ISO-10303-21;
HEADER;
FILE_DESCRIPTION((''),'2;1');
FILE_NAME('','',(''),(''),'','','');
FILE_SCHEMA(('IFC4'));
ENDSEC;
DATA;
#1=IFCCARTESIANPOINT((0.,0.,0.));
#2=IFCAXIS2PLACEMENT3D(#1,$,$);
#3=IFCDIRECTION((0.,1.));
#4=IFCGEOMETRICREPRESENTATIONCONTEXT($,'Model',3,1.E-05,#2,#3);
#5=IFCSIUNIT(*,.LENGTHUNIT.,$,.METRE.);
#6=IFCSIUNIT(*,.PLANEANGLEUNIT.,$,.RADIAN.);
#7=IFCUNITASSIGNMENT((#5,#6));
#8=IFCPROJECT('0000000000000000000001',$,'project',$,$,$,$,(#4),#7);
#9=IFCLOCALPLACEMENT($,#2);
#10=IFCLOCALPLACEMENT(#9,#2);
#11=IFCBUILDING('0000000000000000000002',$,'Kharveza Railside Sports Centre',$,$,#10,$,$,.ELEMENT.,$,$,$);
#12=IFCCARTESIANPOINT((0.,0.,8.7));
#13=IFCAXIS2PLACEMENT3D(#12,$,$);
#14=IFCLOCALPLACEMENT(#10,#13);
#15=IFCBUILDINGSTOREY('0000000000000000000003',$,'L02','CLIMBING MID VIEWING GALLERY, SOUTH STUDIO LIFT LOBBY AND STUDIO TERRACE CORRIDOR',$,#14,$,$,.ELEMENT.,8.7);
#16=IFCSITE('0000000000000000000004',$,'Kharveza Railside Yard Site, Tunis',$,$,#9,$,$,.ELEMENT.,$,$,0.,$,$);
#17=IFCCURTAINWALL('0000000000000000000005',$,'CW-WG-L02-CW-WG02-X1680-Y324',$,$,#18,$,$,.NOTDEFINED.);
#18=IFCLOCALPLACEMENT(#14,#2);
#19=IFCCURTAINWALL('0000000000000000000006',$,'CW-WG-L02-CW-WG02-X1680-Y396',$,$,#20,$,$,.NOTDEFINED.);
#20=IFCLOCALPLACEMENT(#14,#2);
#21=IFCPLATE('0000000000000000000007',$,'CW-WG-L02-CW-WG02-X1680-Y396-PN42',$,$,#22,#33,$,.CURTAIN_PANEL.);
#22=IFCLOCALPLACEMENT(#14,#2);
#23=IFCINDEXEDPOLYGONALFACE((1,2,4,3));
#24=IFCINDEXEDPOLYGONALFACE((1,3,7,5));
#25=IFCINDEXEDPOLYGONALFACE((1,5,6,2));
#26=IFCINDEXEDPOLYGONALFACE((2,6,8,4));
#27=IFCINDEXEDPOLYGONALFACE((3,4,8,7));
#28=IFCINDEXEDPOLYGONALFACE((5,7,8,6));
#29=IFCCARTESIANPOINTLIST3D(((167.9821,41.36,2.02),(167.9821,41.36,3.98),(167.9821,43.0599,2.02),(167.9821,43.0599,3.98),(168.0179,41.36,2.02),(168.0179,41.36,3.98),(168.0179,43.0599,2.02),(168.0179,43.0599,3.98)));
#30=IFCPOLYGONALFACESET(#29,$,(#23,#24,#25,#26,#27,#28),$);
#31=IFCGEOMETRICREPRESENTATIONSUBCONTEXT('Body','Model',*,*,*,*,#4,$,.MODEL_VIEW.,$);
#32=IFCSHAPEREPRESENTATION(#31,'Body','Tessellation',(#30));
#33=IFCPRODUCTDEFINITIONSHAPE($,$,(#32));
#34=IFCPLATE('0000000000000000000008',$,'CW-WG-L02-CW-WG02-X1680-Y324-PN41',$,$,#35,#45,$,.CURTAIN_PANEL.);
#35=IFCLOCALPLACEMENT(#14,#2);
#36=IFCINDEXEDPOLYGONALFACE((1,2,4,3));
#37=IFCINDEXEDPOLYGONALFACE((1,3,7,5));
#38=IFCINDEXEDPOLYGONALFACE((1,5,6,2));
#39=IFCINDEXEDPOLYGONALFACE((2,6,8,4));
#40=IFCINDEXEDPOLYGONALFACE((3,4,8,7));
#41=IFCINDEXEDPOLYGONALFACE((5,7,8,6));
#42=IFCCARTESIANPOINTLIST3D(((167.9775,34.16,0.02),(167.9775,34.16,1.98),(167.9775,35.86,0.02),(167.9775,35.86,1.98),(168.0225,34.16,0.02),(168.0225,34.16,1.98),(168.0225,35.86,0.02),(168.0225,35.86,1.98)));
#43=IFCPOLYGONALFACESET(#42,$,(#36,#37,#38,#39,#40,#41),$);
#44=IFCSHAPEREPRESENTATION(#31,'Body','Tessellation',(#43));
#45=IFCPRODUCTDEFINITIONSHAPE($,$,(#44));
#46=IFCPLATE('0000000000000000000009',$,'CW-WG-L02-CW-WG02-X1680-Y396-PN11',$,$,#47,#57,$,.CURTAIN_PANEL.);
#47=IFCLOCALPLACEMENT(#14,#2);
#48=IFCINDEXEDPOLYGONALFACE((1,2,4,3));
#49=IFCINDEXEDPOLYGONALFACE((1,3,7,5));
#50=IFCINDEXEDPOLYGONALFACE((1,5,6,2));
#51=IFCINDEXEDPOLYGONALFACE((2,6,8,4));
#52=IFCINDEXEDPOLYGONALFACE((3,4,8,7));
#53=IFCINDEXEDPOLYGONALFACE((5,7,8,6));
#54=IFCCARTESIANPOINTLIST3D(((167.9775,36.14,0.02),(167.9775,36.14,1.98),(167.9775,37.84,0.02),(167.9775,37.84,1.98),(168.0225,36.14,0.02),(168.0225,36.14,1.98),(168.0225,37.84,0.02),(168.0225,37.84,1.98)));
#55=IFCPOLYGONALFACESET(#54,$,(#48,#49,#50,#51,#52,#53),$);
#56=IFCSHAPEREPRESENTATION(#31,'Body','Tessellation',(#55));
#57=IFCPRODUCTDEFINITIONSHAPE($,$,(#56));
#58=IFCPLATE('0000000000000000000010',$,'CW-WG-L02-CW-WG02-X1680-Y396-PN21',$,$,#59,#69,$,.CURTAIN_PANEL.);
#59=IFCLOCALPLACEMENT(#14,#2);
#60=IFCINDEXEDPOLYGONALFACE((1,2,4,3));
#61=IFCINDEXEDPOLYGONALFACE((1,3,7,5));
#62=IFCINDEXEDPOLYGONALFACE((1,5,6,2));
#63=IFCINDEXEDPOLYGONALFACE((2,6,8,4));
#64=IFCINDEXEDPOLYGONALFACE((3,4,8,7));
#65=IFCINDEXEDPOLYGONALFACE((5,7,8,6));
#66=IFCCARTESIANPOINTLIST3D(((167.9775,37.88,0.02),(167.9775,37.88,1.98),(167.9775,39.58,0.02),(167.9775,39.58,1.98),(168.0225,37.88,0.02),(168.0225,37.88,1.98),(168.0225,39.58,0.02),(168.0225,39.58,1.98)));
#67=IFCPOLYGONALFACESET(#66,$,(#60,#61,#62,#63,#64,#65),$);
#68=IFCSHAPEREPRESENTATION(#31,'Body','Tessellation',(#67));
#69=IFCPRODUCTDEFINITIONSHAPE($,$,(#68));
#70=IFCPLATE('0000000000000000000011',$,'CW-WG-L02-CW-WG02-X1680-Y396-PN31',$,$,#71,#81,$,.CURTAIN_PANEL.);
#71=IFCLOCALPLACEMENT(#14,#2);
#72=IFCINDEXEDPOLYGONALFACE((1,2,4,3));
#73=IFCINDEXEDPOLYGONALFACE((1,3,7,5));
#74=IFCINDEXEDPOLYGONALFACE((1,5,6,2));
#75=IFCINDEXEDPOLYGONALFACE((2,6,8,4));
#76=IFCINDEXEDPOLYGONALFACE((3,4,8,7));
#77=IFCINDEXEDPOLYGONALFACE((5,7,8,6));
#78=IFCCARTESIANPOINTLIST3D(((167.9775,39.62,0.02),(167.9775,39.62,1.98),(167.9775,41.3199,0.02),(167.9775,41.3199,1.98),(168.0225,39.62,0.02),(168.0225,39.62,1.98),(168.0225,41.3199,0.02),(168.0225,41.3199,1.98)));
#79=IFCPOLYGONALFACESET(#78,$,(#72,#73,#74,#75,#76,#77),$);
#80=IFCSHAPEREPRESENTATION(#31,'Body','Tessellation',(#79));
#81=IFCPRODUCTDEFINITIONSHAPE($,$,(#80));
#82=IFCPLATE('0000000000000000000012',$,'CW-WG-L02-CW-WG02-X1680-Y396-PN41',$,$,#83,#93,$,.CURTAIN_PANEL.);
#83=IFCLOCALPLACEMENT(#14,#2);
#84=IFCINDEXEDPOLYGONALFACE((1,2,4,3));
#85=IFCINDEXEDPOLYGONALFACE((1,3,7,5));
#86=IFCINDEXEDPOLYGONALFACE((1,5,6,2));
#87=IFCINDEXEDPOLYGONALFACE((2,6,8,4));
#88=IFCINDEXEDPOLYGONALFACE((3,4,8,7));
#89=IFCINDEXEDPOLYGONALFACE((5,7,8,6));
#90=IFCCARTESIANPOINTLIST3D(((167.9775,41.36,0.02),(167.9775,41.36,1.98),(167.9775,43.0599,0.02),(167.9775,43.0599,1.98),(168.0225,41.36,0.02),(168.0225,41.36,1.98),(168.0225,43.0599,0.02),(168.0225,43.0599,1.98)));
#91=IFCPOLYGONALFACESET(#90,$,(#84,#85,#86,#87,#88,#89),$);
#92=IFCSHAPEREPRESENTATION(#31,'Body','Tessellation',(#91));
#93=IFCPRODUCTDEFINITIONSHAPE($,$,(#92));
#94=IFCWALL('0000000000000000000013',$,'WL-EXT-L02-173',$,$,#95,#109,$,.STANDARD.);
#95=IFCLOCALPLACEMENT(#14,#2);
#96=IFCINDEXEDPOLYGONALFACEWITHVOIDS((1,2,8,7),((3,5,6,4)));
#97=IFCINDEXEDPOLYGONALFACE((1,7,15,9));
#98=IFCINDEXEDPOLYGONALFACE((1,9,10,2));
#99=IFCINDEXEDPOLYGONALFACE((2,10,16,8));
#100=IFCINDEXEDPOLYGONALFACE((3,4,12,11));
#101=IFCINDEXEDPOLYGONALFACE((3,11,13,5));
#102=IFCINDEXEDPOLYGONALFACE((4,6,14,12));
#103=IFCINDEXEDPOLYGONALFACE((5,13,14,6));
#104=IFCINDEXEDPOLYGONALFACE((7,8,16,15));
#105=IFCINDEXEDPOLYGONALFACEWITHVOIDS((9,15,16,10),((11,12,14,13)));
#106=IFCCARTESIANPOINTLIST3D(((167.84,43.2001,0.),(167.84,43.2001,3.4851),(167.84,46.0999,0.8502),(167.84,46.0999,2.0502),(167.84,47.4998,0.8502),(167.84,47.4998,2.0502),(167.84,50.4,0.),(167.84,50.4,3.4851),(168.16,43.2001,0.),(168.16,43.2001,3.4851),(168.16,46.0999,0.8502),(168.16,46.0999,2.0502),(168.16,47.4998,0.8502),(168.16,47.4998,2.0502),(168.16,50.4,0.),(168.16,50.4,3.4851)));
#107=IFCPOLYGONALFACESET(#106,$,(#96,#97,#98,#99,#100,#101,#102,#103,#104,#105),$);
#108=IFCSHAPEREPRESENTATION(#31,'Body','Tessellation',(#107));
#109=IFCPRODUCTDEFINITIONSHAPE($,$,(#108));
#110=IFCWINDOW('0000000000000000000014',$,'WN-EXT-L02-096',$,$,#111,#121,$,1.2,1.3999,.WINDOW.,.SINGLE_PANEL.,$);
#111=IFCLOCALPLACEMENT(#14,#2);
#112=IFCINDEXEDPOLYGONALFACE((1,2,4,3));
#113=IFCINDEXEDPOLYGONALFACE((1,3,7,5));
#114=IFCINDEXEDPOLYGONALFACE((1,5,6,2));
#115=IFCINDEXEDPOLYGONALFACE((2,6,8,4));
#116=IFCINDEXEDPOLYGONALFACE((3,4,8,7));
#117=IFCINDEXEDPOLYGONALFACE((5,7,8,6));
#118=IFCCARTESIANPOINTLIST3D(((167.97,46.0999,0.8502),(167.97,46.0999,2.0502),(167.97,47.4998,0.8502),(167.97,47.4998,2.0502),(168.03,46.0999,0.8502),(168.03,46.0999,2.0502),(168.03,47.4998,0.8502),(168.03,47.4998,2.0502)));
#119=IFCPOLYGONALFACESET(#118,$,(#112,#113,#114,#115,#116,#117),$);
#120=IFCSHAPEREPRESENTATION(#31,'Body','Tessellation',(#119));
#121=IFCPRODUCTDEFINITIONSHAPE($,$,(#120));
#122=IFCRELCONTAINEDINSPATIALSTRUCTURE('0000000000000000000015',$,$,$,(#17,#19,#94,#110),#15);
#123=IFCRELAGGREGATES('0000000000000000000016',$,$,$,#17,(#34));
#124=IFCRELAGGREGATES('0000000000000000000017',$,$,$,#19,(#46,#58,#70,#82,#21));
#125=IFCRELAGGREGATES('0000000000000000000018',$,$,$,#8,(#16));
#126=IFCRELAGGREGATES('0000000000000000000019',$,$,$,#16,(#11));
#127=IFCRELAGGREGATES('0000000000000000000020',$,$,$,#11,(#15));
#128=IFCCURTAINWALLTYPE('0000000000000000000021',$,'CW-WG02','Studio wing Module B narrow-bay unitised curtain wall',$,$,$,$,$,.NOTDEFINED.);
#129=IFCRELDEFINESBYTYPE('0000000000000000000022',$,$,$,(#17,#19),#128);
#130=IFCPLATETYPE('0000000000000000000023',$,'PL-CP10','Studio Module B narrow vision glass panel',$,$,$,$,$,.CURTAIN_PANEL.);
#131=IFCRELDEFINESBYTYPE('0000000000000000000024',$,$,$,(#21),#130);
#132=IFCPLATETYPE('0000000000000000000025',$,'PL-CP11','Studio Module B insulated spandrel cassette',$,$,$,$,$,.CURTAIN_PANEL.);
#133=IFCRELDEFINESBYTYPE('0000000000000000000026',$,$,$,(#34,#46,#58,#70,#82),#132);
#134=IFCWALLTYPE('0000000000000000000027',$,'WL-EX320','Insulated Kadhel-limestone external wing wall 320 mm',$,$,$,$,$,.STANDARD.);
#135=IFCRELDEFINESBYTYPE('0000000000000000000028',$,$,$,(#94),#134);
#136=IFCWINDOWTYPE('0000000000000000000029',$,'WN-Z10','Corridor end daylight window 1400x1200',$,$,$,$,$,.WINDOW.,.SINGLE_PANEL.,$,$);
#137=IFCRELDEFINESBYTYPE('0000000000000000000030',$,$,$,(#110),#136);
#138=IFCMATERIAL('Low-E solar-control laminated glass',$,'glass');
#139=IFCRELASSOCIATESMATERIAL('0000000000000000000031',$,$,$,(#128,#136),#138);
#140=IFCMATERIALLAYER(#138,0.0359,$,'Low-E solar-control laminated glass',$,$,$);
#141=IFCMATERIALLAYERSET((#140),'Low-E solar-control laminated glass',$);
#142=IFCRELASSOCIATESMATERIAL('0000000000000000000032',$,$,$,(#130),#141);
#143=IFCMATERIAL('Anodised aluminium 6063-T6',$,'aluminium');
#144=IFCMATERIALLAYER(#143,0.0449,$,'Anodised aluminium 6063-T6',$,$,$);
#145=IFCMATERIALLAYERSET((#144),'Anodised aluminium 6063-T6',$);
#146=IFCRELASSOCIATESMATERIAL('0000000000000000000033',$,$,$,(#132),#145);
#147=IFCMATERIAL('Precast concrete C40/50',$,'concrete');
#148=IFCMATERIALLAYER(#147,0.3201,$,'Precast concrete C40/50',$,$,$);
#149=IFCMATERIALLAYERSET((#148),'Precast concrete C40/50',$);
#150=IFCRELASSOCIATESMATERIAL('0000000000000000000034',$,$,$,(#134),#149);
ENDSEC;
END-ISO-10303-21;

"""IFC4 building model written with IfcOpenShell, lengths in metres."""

from ifc_helpers import new_model, si_unit, direction, frame, frame_2d, origin, origin_2d, place, context, subcontext, project, spatial, rectangle, extrude, material, layer, layer_set, type_object, element, fill, aggregate, save


model = new_model("IFC4")

# Units and contexts
model_context = context("Model", 3, precision=1e-05, world=origin(), true_north=direction((0.0, 1.0)))
body_context = subcontext(model_context, "Body", "Model", "MODEL_VIEW")
ifc_project = project(units=[si_unit("LENGTHUNIT", "METRE"), si_unit("PLANEANGLEUNIT", "RADIAN")], contexts=[model_context])

# Site, building, storey
site_placement = place(None, origin())
site = spatial("IfcSite", under=ifc_project, at=site_placement, Name="Kharveza Railside Yard Site, Tunis", CompositionType="ELEMENT", RefElevation=0.0)
building_placement = place(site_placement, origin())
building = spatial("IfcBuilding", under=site, at=building_placement, Name="Kharveza Railside Sports Centre", CompositionType="ELEMENT")
storey_placement = place(building_placement, frame((0.0, 0.0, 8.7)))
storey = spatial("IfcBuildingStorey", under=building, at=storey_placement, Name="L02", Description="CLIMBING MID VIEWING GALLERY, SOUTH STUDIO LIFT LOBBY AND STUDIO TERRACE CORRIDOR", CompositionType="ELEMENT", Elevation=8.7)

# Curtain wall
ifc_material_1 = material(Name="Low-E solar-control laminated glass", Category="glass")
curtain_wall_type = type_object("IfcCurtainWallType", Name="CW-WG02", Description="Studio wing Module B narrow-bay unitised curtain wall", PredefinedType="NOTDEFINED", material=ifc_material_1)
curtain_wall_1_placement = place(storey_placement, origin())
curtain_wall_1 = element("IfcCurtainWall", 1, at=curtain_wall_1_placement, inside=storey, type_object=curtain_wall_type, Name="CW-WG-L02-CW-WG02-X1680-Y324", PredefinedType="NOTDEFINED")
ifc_material_2 = material(Name="Anodised aluminium 6063-T6", Category="aluminium")

# Curtain wall
curtain_wall_2_placement = place(storey_placement, origin())
curtain_wall_2 = element("IfcCurtainWall", 2, at=curtain_wall_2_placement, inside=storey, type_object=curtain_wall_type, Name="CW-WG-L02-CW-WG02-X1680-Y396", PredefinedType="NOTDEFINED")

# Plates
ifc_layer_1 = layer(ifc_material_1, 0.0359, Name="Low-E solar-control laminated glass")
ifc_layer_set_1 = layer_set([ifc_layer_1], Name="Low-E solar-control laminated glass")
plate_type_1 = type_object("IfcPlateType", Name="PL-CP10", Description="Studio Module B narrow vision glass panel", PredefinedType="CURTAIN_PANEL", material=ifc_layer_set_1)
plate_1_placement = place(storey_placement, frame((168.0, 42.21, 2.02), z_axis=(0.0, 0.0, 1.0), x_axis=(0.0, 1.0, 0.0)))
plate_1 = element("IfcPlate", 3, at=plate_1_placement, type_object=plate_type_1, Name="CW-WG-L02-CW-WG02-X1680-Y396-PN42", PredefinedType="CURTAIN_PANEL", context=body_context, shape_type="SweptSolid", body=[
    extrude(rectangle(XDim=1.7, YDim=0.0359, at=origin_2d()), origin(), (0.0, 0.0, 1.0), 1.96),
])
ifc_layer_2 = layer(ifc_material_2, 0.0449, Name="Anodised aluminium 6063-T6")
ifc_layer_set_2 = layer_set([ifc_layer_2], Name="Anodised aluminium 6063-T6")
plate_type_2 = type_object("IfcPlateType", Name="PL-CP11", Description="Studio Module B insulated spandrel cassette", PredefinedType="CURTAIN_PANEL", material=ifc_layer_set_2)
plate_2_placement = place(storey_placement, frame((168.0, 35.01, 0.02), z_axis=(0.0, 0.0, 1.0), x_axis=(0.0, 1.0, 0.0)))
plate_2 = element("IfcPlate", 4, at=plate_2_placement, type_object=plate_type_2, Name="CW-WG-L02-CW-WG02-X1680-Y324-PN41", PredefinedType="CURTAIN_PANEL", context=body_context, shape_type="SweptSolid", body=[
    extrude(rectangle(XDim=1.7, YDim=0.0449, at=origin_2d()), origin(), (0.0, 0.0, 1.0), 1.96),
])
aggregate(curtain_wall_1, [plate_2])
plate_3_placement = place(storey_placement, frame((168.0, 36.99, 0.02), z_axis=(0.0, 0.0, 1.0), x_axis=(0.0, 1.0, 0.0)))
plate_3 = element("IfcPlate", 5, at=plate_3_placement, type_object=plate_type_2, Name="CW-WG-L02-CW-WG02-X1680-Y396-PN11", PredefinedType="CURTAIN_PANEL", context=body_context, shape_type="SweptSolid", body=[
    extrude(rectangle(XDim=1.7, YDim=0.0449, at=origin_2d()), origin(), (0.0, 0.0, 1.0), 1.96),
])
plate_4_placement = place(storey_placement, frame((168.0, 38.73, 0.02), z_axis=(0.0, 0.0, 1.0), x_axis=(0.0, 1.0, 0.0)))
plate_4 = element("IfcPlate", 6, at=plate_4_placement, type_object=plate_type_2, Name="CW-WG-L02-CW-WG02-X1680-Y396-PN21", PredefinedType="CURTAIN_PANEL", context=body_context, shape_type="SweptSolid", body=[
    extrude(rectangle(XDim=1.7, YDim=0.0449, at=origin_2d()), origin(), (0.0, 0.0, 1.0), 1.96),
])
plate_5_placement = place(storey_placement, frame((168.0, 40.47, 0.02), z_axis=(0.0, 0.0, 1.0), x_axis=(0.0, 1.0, 0.0)))
plate_5 = element("IfcPlate", 7, at=plate_5_placement, type_object=plate_type_2, Name="CW-WG-L02-CW-WG02-X1680-Y396-PN31", PredefinedType="CURTAIN_PANEL", context=body_context, shape_type="SweptSolid", body=[
    extrude(rectangle(XDim=1.7, YDim=0.0449, at=origin_2d()), origin(), (0.0, 0.0, 1.0), 1.96),
])
plate_6_placement = place(storey_placement, frame((168.0, 42.21, 0.02), z_axis=(0.0, 0.0, 1.0), x_axis=(0.0, 1.0, 0.0)))
plate_6 = element("IfcPlate", 8, at=plate_6_placement, type_object=plate_type_2, Name="CW-WG-L02-CW-WG02-X1680-Y396-PN41", PredefinedType="CURTAIN_PANEL", context=body_context, shape_type="SweptSolid", body=[
    extrude(rectangle(XDim=1.7, YDim=0.0449, at=origin_2d()), origin(), (0.0, 0.0, 1.0), 1.96),
])
aggregate(curtain_wall_2, [plate_3, plate_4, plate_5, plate_6, plate_1])

# Wall, opening, window
ifc_material_3 = material(Name="Precast concrete C40/50", Category="concrete")
ifc_layer_3 = layer(ifc_material_3, 0.3201, Name="Precast concrete C40/50")
ifc_layer_set_3 = layer_set([ifc_layer_3], Name="Precast concrete C40/50")
wall_type = type_object("IfcWallType", Name="WL-EX320", Description="Insulated Kadhel-limestone external wing wall 320 mm", PredefinedType="STANDARD", material=ifc_layer_set_3)
wall_placement = place(storey_placement, frame((168.0, 43.2, 0.0), z_axis=(0.0, 0.0, 1.0), x_axis=(0.0, 1.0, 0.0)))
wall = element("IfcWall", 9, at=wall_placement, inside=storey, type_object=wall_type, Name="WL-EXT-L02-173", PredefinedType="STANDARD", context=body_context, shape_type="SweptSolid", body=[
    extrude(rectangle(XDim=7.2, YDim=0.3201, at=frame_2d((3.6001, 0.0))), origin(), (0.0, 0.0, 1.0), 3.4851),
])
opening_placement = place(wall_placement, frame((2.8999, 0.0, 0.8501)))
opening = element("IfcOpeningElement", 10, at=opening_placement, cuts=wall, PredefinedType="OPENING", context=body_context, shape_type="SweptSolid", body=[
    extrude(rectangle(XDim=1.3999, YDim=1.2, at=frame_2d((0.7, 0.6001))), frame((0.0, 0.1851, 0.0), z_axis=(0.0, -1.0, 0.0), x_axis=(1.0, 0.0, 0.0)), (0.0, 0.0, 1.0), 0.3699),
])
window_type = type_object("IfcWindowType", Name="WN-Z10", Description="Corridor end daylight window 1400x1200", PartitioningType="SINGLE_PANEL", PredefinedType="WINDOW", material=ifc_material_1)
window_placement = place(opening_placement, origin())
window = element("IfcWindow", 11, at=window_placement, inside=storey, type_object=window_type, Name="WN-EXT-L02-096", OverallHeight=1.2, OverallWidth=1.3999, PartitioningType="SINGLE_PANEL", PredefinedType="WINDOW", context=body_context, shape_type="SweptSolid", body=[
    extrude(rectangle(XDim=1.3999, YDim=1.2, at=frame_2d((0.7, 0.6001))), frame((0.0, 0.03, 0.0), z_axis=(0.0, -1.0, 0.0), x_axis=(1.0, 0.0, 0.0)), (0.0, 0.0, 1.0), 0.0601),
])
fill(opening, window)

save(model, "model.ifc")
